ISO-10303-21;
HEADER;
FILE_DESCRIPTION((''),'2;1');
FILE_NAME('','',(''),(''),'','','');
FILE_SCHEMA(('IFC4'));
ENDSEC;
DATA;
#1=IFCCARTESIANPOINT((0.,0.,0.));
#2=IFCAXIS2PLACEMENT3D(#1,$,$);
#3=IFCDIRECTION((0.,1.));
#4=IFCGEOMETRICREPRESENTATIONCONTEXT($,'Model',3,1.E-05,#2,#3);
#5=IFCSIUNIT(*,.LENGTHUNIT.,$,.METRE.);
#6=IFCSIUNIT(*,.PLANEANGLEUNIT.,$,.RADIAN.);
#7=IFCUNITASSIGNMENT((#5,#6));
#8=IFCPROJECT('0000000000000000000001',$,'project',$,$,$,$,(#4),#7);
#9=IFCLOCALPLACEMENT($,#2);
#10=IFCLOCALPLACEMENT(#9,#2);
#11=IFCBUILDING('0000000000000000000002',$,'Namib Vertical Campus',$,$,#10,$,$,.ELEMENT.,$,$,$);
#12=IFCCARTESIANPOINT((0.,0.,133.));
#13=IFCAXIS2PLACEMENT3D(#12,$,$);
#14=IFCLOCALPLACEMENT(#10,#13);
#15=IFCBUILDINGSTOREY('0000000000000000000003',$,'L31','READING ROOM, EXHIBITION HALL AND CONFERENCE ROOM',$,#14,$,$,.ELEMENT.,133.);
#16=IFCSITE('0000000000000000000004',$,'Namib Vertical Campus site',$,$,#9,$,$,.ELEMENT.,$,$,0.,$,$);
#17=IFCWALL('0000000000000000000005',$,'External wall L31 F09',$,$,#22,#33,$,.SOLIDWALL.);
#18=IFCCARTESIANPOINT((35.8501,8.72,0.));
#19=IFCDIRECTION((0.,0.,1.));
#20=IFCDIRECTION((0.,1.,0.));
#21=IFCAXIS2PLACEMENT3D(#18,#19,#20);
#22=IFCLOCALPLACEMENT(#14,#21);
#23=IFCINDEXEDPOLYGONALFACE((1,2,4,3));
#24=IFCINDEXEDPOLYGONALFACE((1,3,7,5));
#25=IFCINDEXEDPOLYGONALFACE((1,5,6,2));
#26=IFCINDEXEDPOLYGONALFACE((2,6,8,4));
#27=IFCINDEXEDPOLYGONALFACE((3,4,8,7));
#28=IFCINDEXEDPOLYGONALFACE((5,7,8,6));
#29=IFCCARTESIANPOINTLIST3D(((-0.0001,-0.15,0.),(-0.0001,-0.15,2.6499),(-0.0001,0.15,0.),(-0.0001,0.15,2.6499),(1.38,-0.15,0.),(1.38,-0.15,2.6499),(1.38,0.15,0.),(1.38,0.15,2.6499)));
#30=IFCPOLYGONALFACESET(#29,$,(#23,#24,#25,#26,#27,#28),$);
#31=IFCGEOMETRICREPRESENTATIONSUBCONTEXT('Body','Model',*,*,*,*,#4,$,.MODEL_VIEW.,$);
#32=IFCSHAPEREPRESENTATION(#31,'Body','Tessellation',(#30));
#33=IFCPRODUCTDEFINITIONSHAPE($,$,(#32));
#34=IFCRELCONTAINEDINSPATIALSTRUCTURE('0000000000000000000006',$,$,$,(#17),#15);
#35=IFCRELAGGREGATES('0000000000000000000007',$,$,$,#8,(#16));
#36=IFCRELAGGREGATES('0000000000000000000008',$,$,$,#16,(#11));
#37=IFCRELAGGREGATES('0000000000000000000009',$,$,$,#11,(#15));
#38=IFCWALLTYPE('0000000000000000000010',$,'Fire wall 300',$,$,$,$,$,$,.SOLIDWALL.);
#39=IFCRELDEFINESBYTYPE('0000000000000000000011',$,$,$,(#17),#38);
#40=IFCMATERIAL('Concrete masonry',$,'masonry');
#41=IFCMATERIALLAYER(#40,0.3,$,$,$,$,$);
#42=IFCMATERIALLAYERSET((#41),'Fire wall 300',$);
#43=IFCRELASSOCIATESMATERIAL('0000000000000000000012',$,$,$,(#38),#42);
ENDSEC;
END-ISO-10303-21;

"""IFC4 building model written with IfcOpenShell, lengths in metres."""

from ifc_helpers import new_model, si_unit, direction, frame, frame_2d, origin, place, context, subcontext, project, spatial, rectangle, extrude, material, layer, layer_set, type_object, element, save


model = new_model("IFC4")

# Units and contexts
model_context = context("Model", 3, precision=1e-05, world=origin(), true_north=direction((0.0, 1.0)))
body_context = subcontext(model_context, "Body", "Model", "MODEL_VIEW")
ifc_project = project(units=[si_unit("LENGTHUNIT", "METRE"), si_unit("PLANEANGLEUNIT", "RADIAN")], contexts=[model_context])

# Site, building, storey
site_placement = place(None, origin())
site = spatial("IfcSite", under=ifc_project, at=site_placement, Name="Namib Vertical Campus site", CompositionType="ELEMENT", RefElevation=0.0)
building_placement = place(site_placement, origin())
building = spatial("IfcBuilding", under=site, at=building_placement, Name="Namib Vertical Campus", CompositionType="ELEMENT")
storey_placement = place(building_placement, frame((0.0, 0.0, 133.0)))
storey = spatial("IfcBuildingStorey", under=building, at=storey_placement, Name="L31", Description="READING ROOM, EXHIBITION HALL AND CONFERENCE ROOM", CompositionType="ELEMENT", Elevation=133.0)

# Wall
ifc_material_1 = material(Name="Concrete masonry", Category="masonry")
ifc_layer_1 = layer(ifc_material_1, 0.3)
ifc_layer_set_1 = layer_set([ifc_layer_1], Name="Fire wall 300")
wall_type_1 = type_object("IfcWallType", Name="Fire wall 300", PredefinedType="SOLIDWALL", material=ifc_layer_set_1)
wall_1_placement = place(storey_placement, frame((35.8501, 8.72, 0.0), z_axis=(0.0, 0.0, 1.0), x_axis=(0.0, 1.0, 0.0)))
element("IfcWall", 1, at=wall_1_placement, inside=storey, type_object=wall_type_1, Name="External wall L31 F09", PredefinedType="SOLIDWALL", context=body_context, shape_type="SweptSolid", body=[
    extrude(rectangle(XDim=1.3801, YDim=0.3, at=frame_2d((0.6899, 0.0))), origin(), (0.0, 0.0, 1.0), 2.6499),
])

save(model, "model.ifc")
